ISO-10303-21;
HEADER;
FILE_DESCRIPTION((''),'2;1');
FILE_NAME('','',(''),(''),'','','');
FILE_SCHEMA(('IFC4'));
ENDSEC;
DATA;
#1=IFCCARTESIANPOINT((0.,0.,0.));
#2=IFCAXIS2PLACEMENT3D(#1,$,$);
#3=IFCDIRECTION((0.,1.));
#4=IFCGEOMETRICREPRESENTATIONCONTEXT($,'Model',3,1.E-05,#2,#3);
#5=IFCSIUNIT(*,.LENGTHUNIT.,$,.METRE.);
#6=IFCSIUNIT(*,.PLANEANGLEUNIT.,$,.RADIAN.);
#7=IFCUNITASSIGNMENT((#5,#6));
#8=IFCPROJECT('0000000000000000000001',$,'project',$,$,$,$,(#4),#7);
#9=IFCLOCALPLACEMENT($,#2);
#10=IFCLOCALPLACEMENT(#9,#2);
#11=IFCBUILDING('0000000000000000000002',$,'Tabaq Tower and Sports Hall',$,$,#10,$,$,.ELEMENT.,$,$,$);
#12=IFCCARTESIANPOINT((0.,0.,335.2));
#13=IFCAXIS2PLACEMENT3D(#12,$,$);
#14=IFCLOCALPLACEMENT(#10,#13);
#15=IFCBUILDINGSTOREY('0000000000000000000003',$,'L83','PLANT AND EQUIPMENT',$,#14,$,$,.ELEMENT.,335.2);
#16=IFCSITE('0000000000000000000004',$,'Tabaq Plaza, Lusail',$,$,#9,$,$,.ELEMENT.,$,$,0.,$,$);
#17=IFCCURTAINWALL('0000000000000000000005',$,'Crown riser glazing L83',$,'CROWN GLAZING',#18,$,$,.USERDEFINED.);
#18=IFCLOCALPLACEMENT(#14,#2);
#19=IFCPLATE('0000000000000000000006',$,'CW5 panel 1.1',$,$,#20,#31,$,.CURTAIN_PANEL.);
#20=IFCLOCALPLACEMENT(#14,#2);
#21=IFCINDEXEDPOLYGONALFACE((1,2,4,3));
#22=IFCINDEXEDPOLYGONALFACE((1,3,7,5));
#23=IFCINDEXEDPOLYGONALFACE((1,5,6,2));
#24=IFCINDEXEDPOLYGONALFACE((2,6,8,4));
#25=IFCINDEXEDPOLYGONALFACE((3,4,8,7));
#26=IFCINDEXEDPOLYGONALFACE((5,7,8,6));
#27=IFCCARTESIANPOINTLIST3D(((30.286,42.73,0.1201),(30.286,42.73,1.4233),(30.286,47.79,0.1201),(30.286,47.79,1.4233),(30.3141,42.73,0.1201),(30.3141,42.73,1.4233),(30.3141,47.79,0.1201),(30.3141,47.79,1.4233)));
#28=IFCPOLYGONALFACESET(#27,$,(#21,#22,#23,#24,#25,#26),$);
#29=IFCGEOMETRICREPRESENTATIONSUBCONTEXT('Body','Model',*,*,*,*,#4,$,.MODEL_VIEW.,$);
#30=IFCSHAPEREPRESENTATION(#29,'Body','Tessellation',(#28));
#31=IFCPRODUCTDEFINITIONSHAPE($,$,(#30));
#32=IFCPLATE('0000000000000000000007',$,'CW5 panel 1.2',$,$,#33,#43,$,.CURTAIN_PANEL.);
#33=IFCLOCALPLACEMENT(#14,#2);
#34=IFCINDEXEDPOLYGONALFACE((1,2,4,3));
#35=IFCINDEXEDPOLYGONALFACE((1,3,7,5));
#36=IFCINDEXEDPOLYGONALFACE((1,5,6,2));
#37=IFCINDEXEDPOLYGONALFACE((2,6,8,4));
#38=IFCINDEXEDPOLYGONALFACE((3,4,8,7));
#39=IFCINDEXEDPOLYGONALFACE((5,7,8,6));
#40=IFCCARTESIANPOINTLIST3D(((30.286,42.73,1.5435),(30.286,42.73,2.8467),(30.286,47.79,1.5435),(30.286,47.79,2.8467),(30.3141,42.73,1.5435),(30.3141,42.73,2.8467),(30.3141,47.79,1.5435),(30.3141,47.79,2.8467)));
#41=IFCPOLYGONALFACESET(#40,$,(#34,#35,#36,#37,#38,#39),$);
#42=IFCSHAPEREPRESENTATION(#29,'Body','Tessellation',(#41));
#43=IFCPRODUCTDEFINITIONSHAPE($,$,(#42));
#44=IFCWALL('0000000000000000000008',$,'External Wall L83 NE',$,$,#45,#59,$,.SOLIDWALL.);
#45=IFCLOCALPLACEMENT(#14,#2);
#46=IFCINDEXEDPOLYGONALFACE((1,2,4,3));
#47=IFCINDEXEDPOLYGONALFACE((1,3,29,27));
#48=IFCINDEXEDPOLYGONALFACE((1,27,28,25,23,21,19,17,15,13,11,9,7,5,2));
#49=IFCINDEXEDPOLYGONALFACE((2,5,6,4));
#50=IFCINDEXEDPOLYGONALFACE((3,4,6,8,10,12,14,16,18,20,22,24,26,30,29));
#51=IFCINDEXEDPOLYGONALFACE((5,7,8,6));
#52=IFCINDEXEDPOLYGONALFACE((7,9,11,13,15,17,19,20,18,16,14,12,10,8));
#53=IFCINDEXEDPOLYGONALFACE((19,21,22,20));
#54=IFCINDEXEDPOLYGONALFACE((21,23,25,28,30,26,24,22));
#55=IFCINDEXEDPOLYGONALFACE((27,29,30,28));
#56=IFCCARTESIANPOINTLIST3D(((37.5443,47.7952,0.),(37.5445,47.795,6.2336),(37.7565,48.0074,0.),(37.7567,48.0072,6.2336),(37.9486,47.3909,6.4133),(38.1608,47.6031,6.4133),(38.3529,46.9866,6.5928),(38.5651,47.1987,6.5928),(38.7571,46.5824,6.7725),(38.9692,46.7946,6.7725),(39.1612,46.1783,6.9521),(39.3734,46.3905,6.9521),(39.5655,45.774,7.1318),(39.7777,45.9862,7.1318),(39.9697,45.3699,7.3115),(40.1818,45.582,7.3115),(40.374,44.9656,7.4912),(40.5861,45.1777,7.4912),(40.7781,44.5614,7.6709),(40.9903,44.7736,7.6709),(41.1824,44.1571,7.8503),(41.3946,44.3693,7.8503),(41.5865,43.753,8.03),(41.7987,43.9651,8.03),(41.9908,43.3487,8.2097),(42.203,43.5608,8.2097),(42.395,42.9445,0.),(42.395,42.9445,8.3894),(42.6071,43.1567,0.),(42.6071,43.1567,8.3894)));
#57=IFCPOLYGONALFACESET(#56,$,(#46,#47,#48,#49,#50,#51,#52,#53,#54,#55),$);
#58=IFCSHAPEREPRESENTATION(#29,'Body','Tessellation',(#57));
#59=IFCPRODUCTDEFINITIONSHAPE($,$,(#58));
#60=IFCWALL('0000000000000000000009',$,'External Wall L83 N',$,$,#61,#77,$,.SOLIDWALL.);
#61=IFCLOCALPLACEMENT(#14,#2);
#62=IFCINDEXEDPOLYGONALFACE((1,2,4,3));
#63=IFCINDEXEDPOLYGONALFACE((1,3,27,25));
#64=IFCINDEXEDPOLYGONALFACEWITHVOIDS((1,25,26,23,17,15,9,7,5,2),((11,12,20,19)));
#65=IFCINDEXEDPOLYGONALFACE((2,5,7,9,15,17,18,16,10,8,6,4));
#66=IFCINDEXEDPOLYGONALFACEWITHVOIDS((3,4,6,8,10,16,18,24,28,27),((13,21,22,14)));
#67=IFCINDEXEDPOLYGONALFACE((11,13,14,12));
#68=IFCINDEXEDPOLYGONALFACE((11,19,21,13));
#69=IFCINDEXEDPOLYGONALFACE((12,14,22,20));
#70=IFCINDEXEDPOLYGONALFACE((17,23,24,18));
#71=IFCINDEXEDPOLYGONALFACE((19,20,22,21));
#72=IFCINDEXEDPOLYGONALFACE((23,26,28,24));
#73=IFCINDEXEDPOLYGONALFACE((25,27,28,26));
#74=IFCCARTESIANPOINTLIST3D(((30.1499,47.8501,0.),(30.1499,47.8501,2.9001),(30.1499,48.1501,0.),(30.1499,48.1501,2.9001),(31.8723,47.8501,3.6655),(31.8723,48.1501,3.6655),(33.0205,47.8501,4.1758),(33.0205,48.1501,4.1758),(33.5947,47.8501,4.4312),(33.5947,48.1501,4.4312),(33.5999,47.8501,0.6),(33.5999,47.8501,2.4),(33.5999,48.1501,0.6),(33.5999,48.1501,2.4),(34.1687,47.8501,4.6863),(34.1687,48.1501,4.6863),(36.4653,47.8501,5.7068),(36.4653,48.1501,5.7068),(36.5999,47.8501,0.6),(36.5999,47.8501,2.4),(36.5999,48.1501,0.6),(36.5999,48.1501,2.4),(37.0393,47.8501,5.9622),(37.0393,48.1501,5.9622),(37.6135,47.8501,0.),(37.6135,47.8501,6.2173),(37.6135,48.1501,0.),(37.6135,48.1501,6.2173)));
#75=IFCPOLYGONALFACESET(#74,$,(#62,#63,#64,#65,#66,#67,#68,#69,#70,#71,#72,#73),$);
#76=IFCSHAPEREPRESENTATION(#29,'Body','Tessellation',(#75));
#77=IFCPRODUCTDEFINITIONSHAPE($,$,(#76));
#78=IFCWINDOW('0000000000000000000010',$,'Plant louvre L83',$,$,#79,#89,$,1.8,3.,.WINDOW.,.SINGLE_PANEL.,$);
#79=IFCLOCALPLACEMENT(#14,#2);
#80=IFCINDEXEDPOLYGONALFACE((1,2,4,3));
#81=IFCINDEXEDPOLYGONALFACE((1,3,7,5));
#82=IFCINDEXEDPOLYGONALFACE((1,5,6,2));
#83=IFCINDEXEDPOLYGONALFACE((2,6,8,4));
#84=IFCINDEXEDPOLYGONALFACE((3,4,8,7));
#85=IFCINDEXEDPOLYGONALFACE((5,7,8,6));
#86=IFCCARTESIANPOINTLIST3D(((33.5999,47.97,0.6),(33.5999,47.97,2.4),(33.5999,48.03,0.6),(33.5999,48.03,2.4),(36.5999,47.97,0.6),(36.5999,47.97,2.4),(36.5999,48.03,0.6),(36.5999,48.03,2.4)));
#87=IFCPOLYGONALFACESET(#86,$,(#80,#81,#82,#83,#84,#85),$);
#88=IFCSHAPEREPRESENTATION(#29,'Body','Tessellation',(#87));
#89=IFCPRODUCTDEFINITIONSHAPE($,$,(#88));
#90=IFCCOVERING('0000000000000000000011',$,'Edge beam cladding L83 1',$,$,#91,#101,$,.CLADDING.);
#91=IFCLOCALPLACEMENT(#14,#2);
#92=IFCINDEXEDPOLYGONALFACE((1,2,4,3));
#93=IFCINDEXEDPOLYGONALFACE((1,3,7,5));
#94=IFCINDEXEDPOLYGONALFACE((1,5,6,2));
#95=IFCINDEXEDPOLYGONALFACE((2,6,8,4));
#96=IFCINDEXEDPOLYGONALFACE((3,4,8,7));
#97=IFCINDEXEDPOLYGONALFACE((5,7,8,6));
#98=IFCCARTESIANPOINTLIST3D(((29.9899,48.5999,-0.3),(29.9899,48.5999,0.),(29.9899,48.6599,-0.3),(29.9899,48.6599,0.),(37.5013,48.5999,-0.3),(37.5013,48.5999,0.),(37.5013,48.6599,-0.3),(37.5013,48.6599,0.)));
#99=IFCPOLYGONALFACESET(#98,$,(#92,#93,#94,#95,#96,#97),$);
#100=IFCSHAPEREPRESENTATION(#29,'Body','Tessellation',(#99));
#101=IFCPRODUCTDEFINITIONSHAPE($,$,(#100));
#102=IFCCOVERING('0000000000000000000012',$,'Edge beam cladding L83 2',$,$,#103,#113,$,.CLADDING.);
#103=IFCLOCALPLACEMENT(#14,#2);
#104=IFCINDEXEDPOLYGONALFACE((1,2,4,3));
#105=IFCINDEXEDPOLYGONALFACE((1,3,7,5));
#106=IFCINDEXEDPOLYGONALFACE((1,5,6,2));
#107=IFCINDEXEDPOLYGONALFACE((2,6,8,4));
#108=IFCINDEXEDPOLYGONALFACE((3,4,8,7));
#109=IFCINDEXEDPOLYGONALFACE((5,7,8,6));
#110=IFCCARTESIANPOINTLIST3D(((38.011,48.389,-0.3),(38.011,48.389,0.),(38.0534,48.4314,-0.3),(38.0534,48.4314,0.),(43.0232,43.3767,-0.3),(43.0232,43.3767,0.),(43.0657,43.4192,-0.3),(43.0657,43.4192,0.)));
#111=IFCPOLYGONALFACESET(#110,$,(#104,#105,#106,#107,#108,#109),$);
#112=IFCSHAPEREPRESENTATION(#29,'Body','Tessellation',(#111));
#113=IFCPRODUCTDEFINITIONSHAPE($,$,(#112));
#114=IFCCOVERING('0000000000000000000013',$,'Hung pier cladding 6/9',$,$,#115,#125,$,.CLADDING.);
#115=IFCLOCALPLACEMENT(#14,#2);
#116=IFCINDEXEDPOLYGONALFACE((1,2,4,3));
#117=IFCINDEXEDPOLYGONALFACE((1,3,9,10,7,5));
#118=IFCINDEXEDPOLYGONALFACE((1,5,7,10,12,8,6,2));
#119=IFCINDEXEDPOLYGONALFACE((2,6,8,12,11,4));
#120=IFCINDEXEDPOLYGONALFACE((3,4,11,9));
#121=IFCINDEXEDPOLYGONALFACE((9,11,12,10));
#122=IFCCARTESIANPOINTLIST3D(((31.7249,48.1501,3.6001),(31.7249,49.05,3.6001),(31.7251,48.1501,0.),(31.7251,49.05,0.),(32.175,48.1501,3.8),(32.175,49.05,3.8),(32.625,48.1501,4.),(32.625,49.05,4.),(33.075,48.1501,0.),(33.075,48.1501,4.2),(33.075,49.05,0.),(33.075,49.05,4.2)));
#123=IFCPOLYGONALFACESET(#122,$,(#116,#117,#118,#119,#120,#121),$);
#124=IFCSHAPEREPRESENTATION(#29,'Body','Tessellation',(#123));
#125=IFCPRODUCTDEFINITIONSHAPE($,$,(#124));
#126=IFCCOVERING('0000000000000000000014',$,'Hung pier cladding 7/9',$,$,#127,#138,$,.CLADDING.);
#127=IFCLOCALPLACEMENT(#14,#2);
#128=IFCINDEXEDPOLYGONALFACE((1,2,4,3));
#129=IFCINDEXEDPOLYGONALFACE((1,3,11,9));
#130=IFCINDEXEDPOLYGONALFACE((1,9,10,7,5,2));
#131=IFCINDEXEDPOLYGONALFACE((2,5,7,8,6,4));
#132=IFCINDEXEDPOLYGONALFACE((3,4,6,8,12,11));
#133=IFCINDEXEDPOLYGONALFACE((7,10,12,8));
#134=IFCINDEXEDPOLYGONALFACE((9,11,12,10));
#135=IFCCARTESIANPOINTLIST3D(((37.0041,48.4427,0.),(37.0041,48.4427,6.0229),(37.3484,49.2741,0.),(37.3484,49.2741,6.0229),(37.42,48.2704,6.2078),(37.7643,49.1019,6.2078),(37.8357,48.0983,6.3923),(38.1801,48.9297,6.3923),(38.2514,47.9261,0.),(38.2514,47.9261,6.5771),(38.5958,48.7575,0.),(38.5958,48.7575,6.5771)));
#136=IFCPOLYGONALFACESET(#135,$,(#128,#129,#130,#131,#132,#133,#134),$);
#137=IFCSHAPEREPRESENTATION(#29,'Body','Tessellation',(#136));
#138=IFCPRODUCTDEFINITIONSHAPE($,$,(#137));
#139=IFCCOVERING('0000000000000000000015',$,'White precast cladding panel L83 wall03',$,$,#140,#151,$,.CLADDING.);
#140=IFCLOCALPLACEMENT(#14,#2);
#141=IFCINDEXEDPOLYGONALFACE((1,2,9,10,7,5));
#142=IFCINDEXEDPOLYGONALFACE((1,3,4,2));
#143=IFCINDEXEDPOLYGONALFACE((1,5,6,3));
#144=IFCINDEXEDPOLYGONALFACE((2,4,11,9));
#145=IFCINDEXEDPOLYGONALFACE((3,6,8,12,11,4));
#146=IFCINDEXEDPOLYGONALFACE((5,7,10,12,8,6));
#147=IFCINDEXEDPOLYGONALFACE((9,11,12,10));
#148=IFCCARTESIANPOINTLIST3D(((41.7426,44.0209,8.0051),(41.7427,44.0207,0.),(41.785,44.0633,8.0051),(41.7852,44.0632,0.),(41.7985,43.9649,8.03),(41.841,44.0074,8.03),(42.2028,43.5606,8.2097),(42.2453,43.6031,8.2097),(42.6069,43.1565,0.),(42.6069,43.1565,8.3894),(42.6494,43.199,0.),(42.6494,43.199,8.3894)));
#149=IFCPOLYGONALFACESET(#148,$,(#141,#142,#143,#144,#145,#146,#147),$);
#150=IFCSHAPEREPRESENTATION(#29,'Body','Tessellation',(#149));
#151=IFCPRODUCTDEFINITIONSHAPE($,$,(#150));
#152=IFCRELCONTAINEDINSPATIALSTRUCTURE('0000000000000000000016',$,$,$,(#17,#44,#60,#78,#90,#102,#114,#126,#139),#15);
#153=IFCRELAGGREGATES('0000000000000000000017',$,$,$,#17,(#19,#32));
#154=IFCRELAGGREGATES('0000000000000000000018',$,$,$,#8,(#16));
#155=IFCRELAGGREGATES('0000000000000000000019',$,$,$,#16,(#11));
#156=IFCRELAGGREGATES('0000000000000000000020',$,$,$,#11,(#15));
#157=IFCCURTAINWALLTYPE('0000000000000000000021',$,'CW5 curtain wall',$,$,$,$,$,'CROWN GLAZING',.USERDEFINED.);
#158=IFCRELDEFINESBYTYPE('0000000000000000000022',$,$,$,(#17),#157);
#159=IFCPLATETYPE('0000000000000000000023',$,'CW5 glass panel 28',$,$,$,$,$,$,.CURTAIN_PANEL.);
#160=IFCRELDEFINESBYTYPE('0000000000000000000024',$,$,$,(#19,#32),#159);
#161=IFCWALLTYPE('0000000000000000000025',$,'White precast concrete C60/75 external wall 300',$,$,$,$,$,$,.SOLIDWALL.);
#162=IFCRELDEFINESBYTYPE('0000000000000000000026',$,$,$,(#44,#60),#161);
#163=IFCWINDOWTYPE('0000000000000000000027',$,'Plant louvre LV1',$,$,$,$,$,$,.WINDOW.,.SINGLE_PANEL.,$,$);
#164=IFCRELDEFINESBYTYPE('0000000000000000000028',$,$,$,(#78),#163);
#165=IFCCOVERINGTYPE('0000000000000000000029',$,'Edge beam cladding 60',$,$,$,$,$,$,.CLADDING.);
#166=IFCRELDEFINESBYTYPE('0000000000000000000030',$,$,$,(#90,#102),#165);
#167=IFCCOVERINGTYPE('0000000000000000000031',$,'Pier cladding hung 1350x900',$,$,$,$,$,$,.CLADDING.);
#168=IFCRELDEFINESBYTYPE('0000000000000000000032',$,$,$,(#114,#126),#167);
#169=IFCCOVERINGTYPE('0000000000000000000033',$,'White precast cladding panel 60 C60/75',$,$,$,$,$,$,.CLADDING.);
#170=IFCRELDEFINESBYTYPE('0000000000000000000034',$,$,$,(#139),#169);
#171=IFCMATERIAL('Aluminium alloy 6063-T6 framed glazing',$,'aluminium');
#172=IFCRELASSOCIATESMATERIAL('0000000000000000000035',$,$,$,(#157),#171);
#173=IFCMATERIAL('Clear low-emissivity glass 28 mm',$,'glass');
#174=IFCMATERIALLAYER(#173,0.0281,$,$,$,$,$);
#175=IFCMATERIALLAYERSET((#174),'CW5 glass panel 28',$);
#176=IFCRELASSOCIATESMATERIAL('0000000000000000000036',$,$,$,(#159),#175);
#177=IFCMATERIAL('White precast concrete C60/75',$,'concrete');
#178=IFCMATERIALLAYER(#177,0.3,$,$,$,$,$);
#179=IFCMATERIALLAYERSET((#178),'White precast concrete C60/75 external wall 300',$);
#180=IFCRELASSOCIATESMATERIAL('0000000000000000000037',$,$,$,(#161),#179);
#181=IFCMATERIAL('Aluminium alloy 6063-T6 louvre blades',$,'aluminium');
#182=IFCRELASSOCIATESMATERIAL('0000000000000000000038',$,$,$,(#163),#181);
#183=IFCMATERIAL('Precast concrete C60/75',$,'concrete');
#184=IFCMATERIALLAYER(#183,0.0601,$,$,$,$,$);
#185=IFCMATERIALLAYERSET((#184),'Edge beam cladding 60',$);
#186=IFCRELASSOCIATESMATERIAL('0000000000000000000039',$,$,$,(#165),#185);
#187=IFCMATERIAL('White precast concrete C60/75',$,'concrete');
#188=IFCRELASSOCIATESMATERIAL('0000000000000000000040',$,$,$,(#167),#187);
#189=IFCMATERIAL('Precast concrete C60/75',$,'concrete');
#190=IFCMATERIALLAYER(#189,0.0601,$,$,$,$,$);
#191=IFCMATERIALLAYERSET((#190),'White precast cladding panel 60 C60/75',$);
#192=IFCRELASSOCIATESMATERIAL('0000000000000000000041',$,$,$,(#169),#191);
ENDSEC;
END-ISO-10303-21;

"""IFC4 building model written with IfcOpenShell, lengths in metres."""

from ifc_helpers import new_model, si_unit, direction, frame, frame_2d, origin, origin_2d, place, context, subcontext, project, spatial, polyline, rectangle, outline, extrude, material, layer, layer_set, type_object, element, fill, aggregate, save


model = new_model("IFC4")

# Units and contexts
model_context = context("Model", 3, precision=1e-05, world=origin(), true_north=direction((0.0, 1.0)))
body_context = subcontext(model_context, "Body", "Model", "MODEL_VIEW")
ifc_project = project(units=[si_unit("LENGTHUNIT", "METRE"), si_unit("PLANEANGLEUNIT", "RADIAN")], contexts=[model_context])

# Site, building, storey
site_placement = place(None, origin())
site = spatial("IfcSite", under=ifc_project, at=site_placement, Name="Tabaq Plaza, Lusail", CompositionType="ELEMENT", RefElevation=0.0)
building_placement = place(site_placement, origin())
building = spatial("IfcBuilding", under=site, at=building_placement, Name="Tabaq Tower and Sports Hall", CompositionType="ELEMENT")
storey_placement = place(building_placement, frame((0.0, 0.0, 335.2)))
storey = spatial("IfcBuildingStorey", under=building, at=storey_placement, Name="L83", Description="PLANT AND EQUIPMENT", CompositionType="ELEMENT", Elevation=335.2)

# Curtain wall
ifc_material_1 = material(Name="Aluminium alloy 6063-T6 framed glazing", Category="aluminium")
curtain_wall_type = type_object("IfcCurtainWallType", Name="CW5 curtain wall", ElementType="CROWN GLAZING", PredefinedType="USERDEFINED", material=ifc_material_1)
curtain_wall_placement = place(storey_placement, origin())
curtain_wall = element("IfcCurtainWall", 1, at=curtain_wall_placement, inside=storey, type_object=curtain_wall_type, Name="Crown riser glazing L83", ObjectType="CROWN GLAZING", PredefinedType="USERDEFINED")

# Plates
ifc_material_2 = material(Name="Clear low-emissivity glass 28 mm", Category="glass")
ifc_layer_1 = layer(ifc_material_2, 0.0281)
ifc_layer_set_1 = layer_set([ifc_layer_1], Name="CW5 glass panel 28")
plate_type = type_object("IfcPlateType", Name="CW5 glass panel 28", PredefinedType="CURTAIN_PANEL", material=ifc_layer_set_1)
plate_1_placement = place(storey_placement, frame((30.3, 45.26, 0.1201), z_axis=(0.0, 0.0, 1.0), x_axis=(0.0, -1.0, 0.0)))
plate_1 = element("IfcPlate", 2, at=plate_1_placement, type_object=plate_type, Name="CW5 panel 1.1", PredefinedType="CURTAIN_PANEL", context=body_context, shape_type="SweptSolid", body=[
    extrude(rectangle(XDim=5.0601, YDim=0.0281, at=origin_2d()), origin(), (0.0, 0.0, 1.0), 1.3032),
])
plate_2_placement = place(storey_placement, frame((30.3, 45.26, 1.5435), z_axis=(0.0, 0.0, 1.0), x_axis=(0.0, -1.0, 0.0)))
plate_2 = element("IfcPlate", 3, at=plate_2_placement, type_object=plate_type, Name="CW5 panel 1.2", PredefinedType="CURTAIN_PANEL", context=body_context, shape_type="SweptSolid", body=[
    extrude(rectangle(XDim=5.0601, YDim=0.0281, at=origin_2d()), origin(), (0.0, 0.0, 1.0), 1.3032),
])
aggregate(curtain_wall, [plate_1, plate_2])

# Wall
ifc_material_3 = material(Name="White precast concrete C60/75", Category="concrete")
ifc_layer_2 = layer(ifc_material_3, 0.3)
ifc_layer_set_2 = layer_set([ifc_layer_2], Name="White precast concrete C60/75 external wall 300")
wall_type = type_object("IfcWallType", Name="White precast concrete C60/75 external wall 300", PredefinedType="SOLIDWALL", material=ifc_layer_set_2)
wall_1_placement = place(storey_placement, frame((42.501, 43.0505, 0.0), z_axis=(0.0, 0.0, 1.0), x_axis=(-0.707107, 0.707107, 0.0)))
element("IfcWall", 4, at=wall_1_placement, inside=storey, type_object=wall_type, Name="External Wall L83 NE", PredefinedType="SOLIDWALL", context=body_context, shape_type="SweptSolid", body=[
    extrude(outline(polyline([(0.0, 0.0), (6.8599, 0.0), (6.8596, 6.2336), (6.2881, 6.4133), (5.7163, 6.5928), (5.1448, 6.7725), (4.5732, 6.9521), (4.0015, 7.1318), (3.4299, 7.3115), (2.8582, 7.4912), (2.2866, 7.6709), (1.7148, 7.8503), (1.1433, 8.03), (0.5715, 8.2097), (0.0, 8.3894), (0.0, 0.0)])), frame((0.0, 0.1499, 0.0), z_axis=(0.0, -1.0, 0.0), x_axis=(1.0, 0.0, 0.0)), (0.0, 0.0, 1.0), 0.3),
])

# Wall, opening, window
wall_2_placement = place(storey_placement, frame((37.6135, 48.0, 0.0), z_axis=(0.0, 0.0, 1.0), x_axis=(-1.0, 0.0, 0.0)))
wall_2 = element("IfcWall", 5, at=wall_2_placement, inside=storey, type_object=wall_type, Name="External Wall L83 N", PredefinedType="SOLIDWALL", context=body_context, shape_type="SweptSolid", body=[
    extrude(outline(polyline([(0.0, 0.0), (7.4636, 0.0), (7.4636, 2.9001), (6.8894, 3.1553), (6.3154, 3.4104), (5.7412, 3.6655), (5.167, 3.9207), (4.593, 4.1758), (4.0188, 4.4312), (3.4448, 4.6863), (2.8706, 4.9414), (2.2964, 5.1965), (1.7224, 5.4517), (1.1482, 5.7068), (0.5742, 5.9622), (0.0, 6.2173), (0.0, 0.0)])), frame((0.0, 0.1499, 0.0), z_axis=(0.0, -1.0, 0.0), x_axis=(1.0, 0.0, 0.0)), (0.0, 0.0, 1.0), 0.3),
])
opening_placement = place(wall_2_placement, frame((1.0137, 0.0, 0.6001)))
opening = element("IfcOpeningElement", 6, at=opening_placement, cuts=wall_2, PredefinedType="OPENING", context=body_context, shape_type="SweptSolid", body=[
    extrude(rectangle(XDim=3.0, YDim=1.8, at=frame_2d((1.5, 0.8999))), frame((0.0, 0.1602, 0.0), z_axis=(0.0, -1.0, 0.0), x_axis=(1.0, 0.0, 0.0)), (0.0, 0.0, 1.0), 0.3201),
])
ifc_material_4 = material(Name="Aluminium alloy 6063-T6 louvre blades", Category="aluminium")
window_type = type_object("IfcWindowType", Name="Plant louvre LV1", PartitioningType="SINGLE_PANEL", PredefinedType="WINDOW", material=ifc_material_4)
window_placement = place(opening_placement, origin())
window = element("IfcWindow", 7, at=window_placement, inside=storey, type_object=window_type, Name="Plant louvre L83", OverallHeight=1.8, OverallWidth=3.0, PartitioningType="SINGLE_PANEL", PredefinedType="WINDOW", context=body_context, shape_type="SweptSolid", body=[
    extrude(rectangle(XDim=3.0, YDim=1.8, at=frame_2d((1.5, 0.8999))), frame((0.0, 0.03, 0.0), z_axis=(0.0, -1.0, 0.0), x_axis=(1.0, 0.0, 0.0)), (0.0, 0.0, 1.0), 0.0601),
])
fill(opening, window)

# Coverings
ifc_material_5 = material(Name="Precast concrete C60/75", Category="concrete")
ifc_layer_3 = layer(ifc_material_5, 0.0601)
ifc_layer_set_3 = layer_set([ifc_layer_3], Name="Edge beam cladding 60")
covering_type_1 = type_object("IfcCoveringType", Name="Edge beam cladding 60", PredefinedType="CLADDING", material=ifc_layer_set_3)
covering_1_placement = place(storey_placement, frame((37.5015, 48.6299, -0.3), z_axis=(0.0, 0.0, 1.0), x_axis=(-1.0, 0.0, 0.0)))
element("IfcCovering", 8, at=covering_1_placement, inside=storey, type_object=covering_type_1, Name="Edge beam cladding L83 1", PredefinedType="CLADDING", context=body_context, shape_type="SweptSolid", body=[
    extrude(rectangle(XDim=7.5115, YDim=0.0601, at=frame_2d((3.7559, 0.0))), origin(), (0.0, 0.0, 1.0), 0.3),
])
covering_2_placement = place(storey_placement, frame((43.0444, 43.3979, -0.3), z_axis=(0.0, 0.0, 1.0), x_axis=(-0.707107, 0.707107, 0.0)))
element("IfcCovering", 9, at=covering_2_placement, inside=storey, type_object=covering_type_1, Name="Edge beam cladding L83 2", PredefinedType="CLADDING", context=body_context, shape_type="SweptSolid", body=[
    extrude(rectangle(XDim=7.0884, YDim=0.0601, at=frame_2d((3.5442, 0.0))), origin(), (0.0, 0.0, 1.0), 0.3),
])
ifc_material_6 = material(Name="White precast concrete C60/75", Category="concrete")
covering_type_2 = type_object("IfcCoveringType", Name="Pier cladding hung 1350x900", PredefinedType="CLADDING", material=ifc_material_6)
covering_3_placement = place(storey_placement, frame((33.075, 48.6001, 0.0), z_axis=(0.0, 0.0, 1.0), x_axis=(-1.0, 0.0, 0.0)))
element("IfcCovering", 10, at=covering_3_placement, inside=storey, type_object=covering_type_2, Name="Hung pier cladding 6/9", PredefinedType="CLADDING", context=body_context, shape_type="SweptSolid", body=[
    extrude(outline(polyline([(0.0, 0.0), (1.3499, 0.0), (1.3501, 3.6001), (0.8999, 3.8), (0.45, 4.0), (0.0, 4.2), (0.0, 0.0)])), frame((0.0, 0.45, 0.0), z_axis=(0.0, -1.0, 0.0), x_axis=(1.0, 0.0, 0.0)), (0.0, 0.0, 1.0), 0.8999),
])
covering_4_placement = place(storey_placement, frame((38.4236, 48.3418, 0.0), z_axis=(0.0, 0.0, 1.0), x_axis=(-0.923893, 0.38265, 0.0)))
element("IfcCovering", 11, at=covering_4_placement, inside=storey, type_object=covering_type_2, Name="Hung pier cladding 7/9", PredefinedType="CLADDING", context=body_context, shape_type="SweptSolid", body=[
    extrude(outline(polyline([(0.0, 0.0), (1.3501, 0.0), (1.3501, 6.0229), (0.8999, 6.2078), (0.45, 6.3923), (0.0, 6.5771), (0.0, 0.0)])), frame((0.0, 0.45, 0.0), z_axis=(0.0, -1.0, 0.0), x_axis=(1.0, 0.0, 0.0)), (0.0, 0.0, 1.0), 0.8999),
])
ifc_material_7 = material(Name="Precast concrete C60/75", Category="concrete")
ifc_layer_4 = layer(ifc_material_7, 0.0601)
ifc_layer_set_4 = layer_set([ifc_layer_4], Name="White precast cladding panel 60 C60/75")
covering_type_3 = type_object("IfcCoveringType", Name="White precast cladding panel 60 C60/75", PredefinedType="CLADDING", material=ifc_layer_set_4)
covering_5_placement = place(storey_placement, frame((42.6282, 43.1777, 0.0), z_axis=(0.0, 0.0, 1.0), x_axis=(-0.707107, 0.707107, 0.0)))
element("IfcCovering", 12, at=covering_5_placement, inside=storey, type_object=covering_type_3, Name="White precast cladding panel L83 wall03", PredefinedType="CLADDING", context=body_context, shape_type="SweptSolid", body=[
    extrude(outline(polyline([(0.0, 0.0), (1.2222, 0.0), (1.2224, 8.0051), (1.1433, 8.03), (0.5715, 8.2097), (0.0, 8.3894), (0.0, 0.0)])), frame((0.0, 0.03, 0.0), z_axis=(0.0, -1.0, 0.0), x_axis=(1.0, 0.0, 0.0)), (0.0, 0.0, 1.0), 0.0601),
])

save(model, "model.ifc")
